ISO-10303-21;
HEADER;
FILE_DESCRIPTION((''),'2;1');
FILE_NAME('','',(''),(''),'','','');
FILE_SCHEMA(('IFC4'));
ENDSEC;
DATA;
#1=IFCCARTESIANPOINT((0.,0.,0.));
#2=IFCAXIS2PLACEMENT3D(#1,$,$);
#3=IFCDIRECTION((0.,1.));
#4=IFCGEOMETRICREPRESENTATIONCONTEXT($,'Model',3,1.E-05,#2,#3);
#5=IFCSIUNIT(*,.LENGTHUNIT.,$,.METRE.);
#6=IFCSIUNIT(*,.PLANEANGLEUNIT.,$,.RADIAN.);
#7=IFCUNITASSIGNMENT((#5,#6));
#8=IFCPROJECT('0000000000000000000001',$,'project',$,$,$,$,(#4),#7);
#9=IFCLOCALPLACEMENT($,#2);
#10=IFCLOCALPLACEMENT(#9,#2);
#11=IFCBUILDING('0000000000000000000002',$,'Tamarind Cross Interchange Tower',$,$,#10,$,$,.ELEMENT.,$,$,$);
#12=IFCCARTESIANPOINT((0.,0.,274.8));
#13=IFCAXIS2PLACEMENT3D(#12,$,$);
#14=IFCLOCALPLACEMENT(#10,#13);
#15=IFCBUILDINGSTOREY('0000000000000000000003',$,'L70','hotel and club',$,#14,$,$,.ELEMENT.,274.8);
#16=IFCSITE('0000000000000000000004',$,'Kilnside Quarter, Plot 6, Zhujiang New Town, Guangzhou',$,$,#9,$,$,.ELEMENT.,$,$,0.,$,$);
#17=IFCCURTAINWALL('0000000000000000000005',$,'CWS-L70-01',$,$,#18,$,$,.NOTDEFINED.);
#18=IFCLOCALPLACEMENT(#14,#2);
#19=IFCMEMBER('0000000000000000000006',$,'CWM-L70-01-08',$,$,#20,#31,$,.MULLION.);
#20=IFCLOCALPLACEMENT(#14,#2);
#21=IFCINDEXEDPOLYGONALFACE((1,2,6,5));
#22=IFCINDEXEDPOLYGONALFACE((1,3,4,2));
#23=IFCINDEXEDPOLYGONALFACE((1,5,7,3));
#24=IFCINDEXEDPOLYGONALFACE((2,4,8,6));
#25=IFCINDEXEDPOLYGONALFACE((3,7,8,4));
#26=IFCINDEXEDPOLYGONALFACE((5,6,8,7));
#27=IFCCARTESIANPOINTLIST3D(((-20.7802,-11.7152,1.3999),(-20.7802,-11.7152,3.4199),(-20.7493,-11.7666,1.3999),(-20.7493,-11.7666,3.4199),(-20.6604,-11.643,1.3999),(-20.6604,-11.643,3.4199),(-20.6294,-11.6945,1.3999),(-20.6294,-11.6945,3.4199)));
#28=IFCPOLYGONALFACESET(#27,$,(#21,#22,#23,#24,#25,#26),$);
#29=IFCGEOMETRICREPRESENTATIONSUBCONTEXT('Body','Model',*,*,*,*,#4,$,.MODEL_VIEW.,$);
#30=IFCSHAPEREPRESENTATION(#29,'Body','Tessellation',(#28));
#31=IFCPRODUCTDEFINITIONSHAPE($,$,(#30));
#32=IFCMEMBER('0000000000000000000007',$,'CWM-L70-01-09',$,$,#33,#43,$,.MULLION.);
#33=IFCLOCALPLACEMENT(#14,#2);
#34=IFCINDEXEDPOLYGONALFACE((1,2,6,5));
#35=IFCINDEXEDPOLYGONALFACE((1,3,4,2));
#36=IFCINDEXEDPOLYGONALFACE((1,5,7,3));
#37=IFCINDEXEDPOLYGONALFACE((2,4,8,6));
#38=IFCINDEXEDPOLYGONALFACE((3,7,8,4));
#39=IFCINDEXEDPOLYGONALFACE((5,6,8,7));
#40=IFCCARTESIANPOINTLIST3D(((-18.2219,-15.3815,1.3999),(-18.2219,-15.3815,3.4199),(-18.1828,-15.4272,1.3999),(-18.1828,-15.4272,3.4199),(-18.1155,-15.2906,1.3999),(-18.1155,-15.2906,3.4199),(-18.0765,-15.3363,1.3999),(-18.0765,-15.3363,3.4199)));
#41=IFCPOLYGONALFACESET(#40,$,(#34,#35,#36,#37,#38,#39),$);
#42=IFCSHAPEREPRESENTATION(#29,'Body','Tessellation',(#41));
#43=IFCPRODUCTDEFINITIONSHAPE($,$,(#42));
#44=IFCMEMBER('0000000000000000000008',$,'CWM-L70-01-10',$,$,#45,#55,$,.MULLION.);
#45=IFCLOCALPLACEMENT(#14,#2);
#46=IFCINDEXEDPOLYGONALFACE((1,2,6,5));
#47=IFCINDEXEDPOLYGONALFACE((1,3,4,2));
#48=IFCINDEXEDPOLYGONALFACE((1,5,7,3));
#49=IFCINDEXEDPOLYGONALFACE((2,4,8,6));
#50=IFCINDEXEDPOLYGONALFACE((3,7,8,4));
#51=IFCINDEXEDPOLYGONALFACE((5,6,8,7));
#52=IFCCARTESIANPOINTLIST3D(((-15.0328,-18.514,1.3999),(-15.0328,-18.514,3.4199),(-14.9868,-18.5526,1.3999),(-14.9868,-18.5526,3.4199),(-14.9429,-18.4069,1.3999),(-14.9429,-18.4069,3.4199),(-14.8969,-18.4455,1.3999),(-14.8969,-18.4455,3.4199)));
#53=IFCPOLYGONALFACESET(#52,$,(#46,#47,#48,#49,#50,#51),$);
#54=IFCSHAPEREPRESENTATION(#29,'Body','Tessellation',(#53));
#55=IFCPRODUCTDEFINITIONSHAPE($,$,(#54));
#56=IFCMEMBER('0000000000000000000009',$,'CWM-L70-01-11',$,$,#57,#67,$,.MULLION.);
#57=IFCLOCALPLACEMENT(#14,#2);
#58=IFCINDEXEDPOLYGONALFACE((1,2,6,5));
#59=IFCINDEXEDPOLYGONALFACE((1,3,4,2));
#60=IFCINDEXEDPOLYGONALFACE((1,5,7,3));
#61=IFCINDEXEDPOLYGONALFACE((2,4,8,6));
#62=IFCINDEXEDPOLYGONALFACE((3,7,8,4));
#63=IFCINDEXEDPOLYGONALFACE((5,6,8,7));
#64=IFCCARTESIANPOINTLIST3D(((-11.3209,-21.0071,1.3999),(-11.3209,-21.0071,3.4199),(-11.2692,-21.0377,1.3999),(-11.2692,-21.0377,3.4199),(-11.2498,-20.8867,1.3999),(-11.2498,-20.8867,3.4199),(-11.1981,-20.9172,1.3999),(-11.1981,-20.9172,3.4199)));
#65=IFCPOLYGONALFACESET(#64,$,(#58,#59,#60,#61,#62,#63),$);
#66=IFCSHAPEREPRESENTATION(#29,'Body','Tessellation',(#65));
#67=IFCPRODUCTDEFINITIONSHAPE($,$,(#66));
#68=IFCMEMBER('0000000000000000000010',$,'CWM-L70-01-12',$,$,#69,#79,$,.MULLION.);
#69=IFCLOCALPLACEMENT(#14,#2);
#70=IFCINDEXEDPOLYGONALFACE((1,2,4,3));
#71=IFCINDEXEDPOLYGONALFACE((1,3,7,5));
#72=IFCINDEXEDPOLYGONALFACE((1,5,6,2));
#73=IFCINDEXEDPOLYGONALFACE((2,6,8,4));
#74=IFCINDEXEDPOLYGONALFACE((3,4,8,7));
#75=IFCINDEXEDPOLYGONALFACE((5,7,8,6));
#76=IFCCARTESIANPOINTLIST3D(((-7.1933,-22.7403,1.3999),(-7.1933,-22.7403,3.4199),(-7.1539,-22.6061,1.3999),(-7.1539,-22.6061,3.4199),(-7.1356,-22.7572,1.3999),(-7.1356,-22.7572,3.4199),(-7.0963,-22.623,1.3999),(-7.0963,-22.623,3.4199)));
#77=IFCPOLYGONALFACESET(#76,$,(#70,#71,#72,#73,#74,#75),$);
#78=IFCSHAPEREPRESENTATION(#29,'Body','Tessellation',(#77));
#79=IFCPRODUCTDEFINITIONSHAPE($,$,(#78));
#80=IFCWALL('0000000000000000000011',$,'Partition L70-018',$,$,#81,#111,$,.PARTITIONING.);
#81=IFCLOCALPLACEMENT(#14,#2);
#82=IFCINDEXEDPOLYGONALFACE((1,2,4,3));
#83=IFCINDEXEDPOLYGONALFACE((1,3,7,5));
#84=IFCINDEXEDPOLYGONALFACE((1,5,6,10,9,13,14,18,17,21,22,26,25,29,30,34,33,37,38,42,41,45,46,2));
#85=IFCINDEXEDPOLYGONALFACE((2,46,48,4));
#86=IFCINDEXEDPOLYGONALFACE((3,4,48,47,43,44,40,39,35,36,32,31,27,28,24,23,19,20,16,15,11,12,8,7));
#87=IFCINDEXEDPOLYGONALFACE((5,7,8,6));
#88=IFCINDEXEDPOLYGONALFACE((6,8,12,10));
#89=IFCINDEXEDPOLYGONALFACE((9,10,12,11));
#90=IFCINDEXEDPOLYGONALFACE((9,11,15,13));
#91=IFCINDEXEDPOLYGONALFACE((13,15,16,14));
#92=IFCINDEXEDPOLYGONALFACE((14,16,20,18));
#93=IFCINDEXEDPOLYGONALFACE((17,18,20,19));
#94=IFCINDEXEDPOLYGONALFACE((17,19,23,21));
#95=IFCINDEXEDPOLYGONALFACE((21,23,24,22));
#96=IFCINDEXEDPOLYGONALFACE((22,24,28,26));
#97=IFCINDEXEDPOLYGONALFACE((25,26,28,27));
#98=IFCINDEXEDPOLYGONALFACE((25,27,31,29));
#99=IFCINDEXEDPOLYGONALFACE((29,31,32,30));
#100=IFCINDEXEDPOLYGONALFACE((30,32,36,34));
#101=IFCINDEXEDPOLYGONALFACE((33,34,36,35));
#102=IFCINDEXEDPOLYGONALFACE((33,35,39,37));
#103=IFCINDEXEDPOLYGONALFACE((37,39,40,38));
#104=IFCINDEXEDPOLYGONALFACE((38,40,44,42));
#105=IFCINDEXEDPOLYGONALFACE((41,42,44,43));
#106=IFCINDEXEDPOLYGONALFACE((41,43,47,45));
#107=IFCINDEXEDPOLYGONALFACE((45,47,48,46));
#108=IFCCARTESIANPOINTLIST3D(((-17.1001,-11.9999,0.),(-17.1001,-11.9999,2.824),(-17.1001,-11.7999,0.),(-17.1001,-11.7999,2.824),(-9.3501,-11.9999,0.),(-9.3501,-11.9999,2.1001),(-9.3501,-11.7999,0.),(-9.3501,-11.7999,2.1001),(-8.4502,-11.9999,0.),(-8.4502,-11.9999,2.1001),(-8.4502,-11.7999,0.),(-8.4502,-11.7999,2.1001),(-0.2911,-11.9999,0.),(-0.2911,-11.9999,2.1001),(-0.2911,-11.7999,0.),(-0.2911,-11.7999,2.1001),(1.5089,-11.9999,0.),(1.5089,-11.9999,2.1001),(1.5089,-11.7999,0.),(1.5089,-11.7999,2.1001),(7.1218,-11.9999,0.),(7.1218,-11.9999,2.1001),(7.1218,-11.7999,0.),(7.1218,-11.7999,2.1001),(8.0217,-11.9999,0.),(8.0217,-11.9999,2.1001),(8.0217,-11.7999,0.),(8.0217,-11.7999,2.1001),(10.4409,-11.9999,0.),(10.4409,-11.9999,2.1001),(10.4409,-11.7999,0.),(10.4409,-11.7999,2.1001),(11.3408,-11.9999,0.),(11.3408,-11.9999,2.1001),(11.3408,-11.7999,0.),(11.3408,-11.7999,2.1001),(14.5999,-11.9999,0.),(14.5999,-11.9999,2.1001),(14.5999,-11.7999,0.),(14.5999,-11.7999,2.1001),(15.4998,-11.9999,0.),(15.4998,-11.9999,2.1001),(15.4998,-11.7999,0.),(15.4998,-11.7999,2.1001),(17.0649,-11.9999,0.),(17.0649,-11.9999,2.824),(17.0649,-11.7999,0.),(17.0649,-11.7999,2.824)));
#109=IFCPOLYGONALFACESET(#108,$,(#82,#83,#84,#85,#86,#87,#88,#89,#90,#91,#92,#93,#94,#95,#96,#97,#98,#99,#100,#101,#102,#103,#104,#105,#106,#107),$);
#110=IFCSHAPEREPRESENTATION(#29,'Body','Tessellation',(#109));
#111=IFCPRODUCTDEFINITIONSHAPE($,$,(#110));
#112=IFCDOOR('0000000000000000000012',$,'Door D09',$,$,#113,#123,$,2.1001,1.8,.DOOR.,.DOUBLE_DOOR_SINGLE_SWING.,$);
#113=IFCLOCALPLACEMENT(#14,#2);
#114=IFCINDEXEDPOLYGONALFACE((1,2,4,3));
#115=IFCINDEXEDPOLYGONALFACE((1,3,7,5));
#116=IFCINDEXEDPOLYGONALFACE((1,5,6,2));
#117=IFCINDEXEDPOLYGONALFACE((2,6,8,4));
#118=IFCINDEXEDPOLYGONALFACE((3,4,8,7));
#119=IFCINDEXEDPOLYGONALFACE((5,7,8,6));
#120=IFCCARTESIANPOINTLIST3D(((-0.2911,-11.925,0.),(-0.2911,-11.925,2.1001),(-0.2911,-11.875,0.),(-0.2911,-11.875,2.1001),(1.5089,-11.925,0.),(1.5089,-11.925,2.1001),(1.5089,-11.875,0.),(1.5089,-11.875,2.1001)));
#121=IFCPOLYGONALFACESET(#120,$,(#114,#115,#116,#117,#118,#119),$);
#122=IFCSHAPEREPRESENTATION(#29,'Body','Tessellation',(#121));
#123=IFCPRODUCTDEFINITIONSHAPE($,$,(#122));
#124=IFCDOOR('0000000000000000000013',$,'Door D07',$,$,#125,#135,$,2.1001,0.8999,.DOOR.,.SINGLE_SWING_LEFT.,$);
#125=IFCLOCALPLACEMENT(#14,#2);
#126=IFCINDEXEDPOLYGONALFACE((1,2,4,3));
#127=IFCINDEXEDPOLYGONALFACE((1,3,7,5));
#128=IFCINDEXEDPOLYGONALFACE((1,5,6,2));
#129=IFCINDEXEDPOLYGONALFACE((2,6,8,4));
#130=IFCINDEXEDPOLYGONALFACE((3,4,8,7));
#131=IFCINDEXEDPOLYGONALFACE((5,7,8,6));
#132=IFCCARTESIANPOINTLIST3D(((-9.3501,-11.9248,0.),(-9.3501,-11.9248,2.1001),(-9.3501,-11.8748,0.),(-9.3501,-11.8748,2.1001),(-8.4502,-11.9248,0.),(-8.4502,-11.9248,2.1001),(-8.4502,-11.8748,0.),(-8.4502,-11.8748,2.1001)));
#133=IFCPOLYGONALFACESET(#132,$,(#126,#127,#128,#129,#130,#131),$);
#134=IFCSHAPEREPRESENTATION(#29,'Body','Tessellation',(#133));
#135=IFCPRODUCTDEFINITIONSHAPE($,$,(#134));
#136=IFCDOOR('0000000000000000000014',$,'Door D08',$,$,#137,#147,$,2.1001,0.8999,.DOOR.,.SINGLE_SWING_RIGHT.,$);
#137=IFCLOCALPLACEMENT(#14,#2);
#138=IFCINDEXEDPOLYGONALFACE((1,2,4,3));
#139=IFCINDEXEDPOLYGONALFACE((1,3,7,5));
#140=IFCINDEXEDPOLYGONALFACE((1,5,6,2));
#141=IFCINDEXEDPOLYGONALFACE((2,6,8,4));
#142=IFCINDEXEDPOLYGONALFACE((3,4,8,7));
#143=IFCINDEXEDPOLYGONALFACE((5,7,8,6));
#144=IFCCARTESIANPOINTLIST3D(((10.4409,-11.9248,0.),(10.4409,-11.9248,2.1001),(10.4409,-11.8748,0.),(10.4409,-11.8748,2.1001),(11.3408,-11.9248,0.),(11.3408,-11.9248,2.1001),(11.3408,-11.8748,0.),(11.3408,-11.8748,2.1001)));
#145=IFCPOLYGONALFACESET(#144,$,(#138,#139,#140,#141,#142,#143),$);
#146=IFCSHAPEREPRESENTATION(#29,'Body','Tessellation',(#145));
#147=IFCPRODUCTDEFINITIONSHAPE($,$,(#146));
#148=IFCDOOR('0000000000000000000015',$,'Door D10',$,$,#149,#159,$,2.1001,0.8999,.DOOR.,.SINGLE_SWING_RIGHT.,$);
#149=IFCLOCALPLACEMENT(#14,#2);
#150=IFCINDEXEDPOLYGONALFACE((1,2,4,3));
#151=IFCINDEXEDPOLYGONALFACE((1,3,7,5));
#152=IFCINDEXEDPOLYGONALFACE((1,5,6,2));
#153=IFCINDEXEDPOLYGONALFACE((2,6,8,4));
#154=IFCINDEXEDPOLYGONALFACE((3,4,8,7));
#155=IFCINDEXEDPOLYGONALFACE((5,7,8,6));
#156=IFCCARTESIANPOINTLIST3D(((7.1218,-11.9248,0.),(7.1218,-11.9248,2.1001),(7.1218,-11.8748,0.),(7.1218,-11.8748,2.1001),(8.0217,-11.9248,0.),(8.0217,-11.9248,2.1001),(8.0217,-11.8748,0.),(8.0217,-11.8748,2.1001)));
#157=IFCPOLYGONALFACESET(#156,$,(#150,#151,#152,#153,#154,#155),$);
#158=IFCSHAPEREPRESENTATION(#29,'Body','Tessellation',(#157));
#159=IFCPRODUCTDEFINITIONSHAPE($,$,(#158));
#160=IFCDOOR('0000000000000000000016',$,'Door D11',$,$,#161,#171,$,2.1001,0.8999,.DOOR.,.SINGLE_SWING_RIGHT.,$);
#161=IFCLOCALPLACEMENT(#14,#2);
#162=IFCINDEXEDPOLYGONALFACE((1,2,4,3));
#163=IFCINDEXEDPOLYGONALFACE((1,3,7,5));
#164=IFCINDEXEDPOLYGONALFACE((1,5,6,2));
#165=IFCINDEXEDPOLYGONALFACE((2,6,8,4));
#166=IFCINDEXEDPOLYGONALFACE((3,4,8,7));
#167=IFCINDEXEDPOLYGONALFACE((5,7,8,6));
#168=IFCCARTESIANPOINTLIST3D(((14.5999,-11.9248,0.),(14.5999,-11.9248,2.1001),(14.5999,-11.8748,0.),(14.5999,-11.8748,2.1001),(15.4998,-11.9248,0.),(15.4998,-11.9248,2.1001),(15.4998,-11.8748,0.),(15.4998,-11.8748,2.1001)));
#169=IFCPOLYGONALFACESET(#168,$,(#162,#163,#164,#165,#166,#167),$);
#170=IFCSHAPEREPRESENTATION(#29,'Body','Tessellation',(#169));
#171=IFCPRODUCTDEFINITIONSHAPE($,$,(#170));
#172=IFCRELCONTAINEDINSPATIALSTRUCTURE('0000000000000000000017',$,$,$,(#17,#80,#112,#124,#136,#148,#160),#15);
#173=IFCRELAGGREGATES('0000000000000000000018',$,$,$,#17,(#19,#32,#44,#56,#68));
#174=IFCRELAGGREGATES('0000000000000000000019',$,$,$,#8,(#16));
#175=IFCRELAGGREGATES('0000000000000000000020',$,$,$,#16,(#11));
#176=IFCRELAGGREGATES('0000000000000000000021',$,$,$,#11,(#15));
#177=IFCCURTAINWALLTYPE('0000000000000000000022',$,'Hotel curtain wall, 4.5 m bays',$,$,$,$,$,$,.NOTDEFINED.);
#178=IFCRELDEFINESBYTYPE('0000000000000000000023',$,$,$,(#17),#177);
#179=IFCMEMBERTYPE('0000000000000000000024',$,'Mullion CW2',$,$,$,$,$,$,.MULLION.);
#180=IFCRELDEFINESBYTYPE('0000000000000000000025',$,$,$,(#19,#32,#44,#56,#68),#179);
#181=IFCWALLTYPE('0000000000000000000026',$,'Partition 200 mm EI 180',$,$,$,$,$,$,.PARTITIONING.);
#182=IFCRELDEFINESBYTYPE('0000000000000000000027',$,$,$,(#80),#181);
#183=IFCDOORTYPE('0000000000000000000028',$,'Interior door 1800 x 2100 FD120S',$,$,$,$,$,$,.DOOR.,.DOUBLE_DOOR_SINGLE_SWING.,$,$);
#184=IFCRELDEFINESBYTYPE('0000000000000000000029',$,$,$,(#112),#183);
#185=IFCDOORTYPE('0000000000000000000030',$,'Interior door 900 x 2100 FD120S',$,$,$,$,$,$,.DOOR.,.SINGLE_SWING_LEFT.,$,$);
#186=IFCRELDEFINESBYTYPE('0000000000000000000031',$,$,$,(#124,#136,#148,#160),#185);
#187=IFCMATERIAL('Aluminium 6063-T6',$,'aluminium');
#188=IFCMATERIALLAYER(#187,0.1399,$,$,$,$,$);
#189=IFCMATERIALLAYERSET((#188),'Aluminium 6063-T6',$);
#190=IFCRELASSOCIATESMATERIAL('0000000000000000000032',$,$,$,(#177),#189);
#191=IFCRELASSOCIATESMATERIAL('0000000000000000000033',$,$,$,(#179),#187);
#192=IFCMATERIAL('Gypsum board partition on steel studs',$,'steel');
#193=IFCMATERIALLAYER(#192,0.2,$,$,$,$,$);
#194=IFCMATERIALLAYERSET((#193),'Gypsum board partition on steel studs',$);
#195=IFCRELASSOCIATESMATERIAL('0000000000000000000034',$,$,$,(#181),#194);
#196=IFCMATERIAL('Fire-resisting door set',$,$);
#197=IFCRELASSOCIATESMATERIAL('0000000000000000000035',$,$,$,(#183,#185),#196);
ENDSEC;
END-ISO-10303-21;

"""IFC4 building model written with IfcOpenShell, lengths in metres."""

from ifc_helpers import new_model, si_unit, direction, frame, frame_2d, origin, origin_2d, place, context, subcontext, project, spatial, rectangle, extrude, material, layer, layer_set, material_profile, profile_set, type_object, element, fill, aggregate, save


model = new_model("IFC4")

# Units and contexts
model_context = context("Model", 3, precision=1e-05, world=origin(), true_north=direction((0.0, 1.0)))
body_context = subcontext(model_context, "Body", "Model", "MODEL_VIEW")
ifc_project = project(units=[si_unit("LENGTHUNIT", "METRE"), si_unit("PLANEANGLEUNIT", "RADIAN")], contexts=[model_context])

# Site, building, storey
site_placement = place(None, origin())
site = spatial("IfcSite", under=ifc_project, at=site_placement, Name="Kilnside Quarter, Plot 6, Zhujiang New Town, Guangzhou", CompositionType="ELEMENT", RefElevation=0.0)
building_placement = place(site_placement, origin())
building = spatial("IfcBuilding", under=site, at=building_placement, Name="Tamarind Cross Interchange Tower", CompositionType="ELEMENT")
storey_placement = place(building_placement, frame((0.0, 0.0, 274.8)))
storey = spatial("IfcBuildingStorey", under=building, at=storey_placement, Name="L70", Description="hotel and club", CompositionType="ELEMENT", Elevation=274.8)

# Curtain wall, members
ifc_material_1 = material(Name="Aluminium 6063-T6", Category="aluminium")
ifc_layer_1 = layer(ifc_material_1, 0.1399)
ifc_layer_set_1 = layer_set([ifc_layer_1], Name="Aluminium 6063-T6")
curtain_wall_type = type_object("IfcCurtainWallType", Name="Hotel curtain wall, 4.5 m bays", PredefinedType="NOTDEFINED", material=ifc_layer_set_1)
curtain_wall_placement = place(storey_placement, origin())
curtain_wall = element("IfcCurtainWall", 1, at=curtain_wall_placement, inside=storey, type_object=curtain_wall_type, Name="CWS-L70-01", PredefinedType="NOTDEFINED")
ifc_material_profile_1 = material_profile(ifc_material_1, rectangle(XDim=0.0601, YDim=0.1399, at=origin_2d()), Name="Mullion CW2")
ifc_profile_set_1 = profile_set([ifc_material_profile_1], Name="Aluminium 6063-T6")
member_type = type_object("IfcMemberType", Name="Mullion CW2", PredefinedType="MULLION", material=ifc_profile_set_1)
member_1_placement = place(storey_placement, frame((-20.7048, -11.7048, 1.3999), z_axis=(0.0, 0.0, 1.0), x_axis=(0.515577, -0.856843, 0.0)))
member_1 = element("IfcMember", 2, at=member_1_placement, type_object=member_type, Name="CWM-L70-01-08", PredefinedType="MULLION", context=body_context, shape_type="SweptSolid", body=[
    extrude(rectangle(XDim=0.0601, YDim=0.1399, at=origin_2d()), origin(), (0.0, 0.0, 1.0), 2.02),
])
member_2_placement = place(storey_placement, frame((-18.1492, -15.3589, 1.3999), z_axis=(0.0, 0.0, 1.0), x_axis=(0.649577, -0.760296, 0.0)))
member_2 = element("IfcMember", 3, at=member_2_placement, type_object=member_type, Name="CWM-L70-01-09", PredefinedType="MULLION", context=body_context, shape_type="SweptSolid", body=[
    extrude(rectangle(XDim=0.0601, YDim=0.1399, at=origin_2d()), origin(), (0.0, 0.0, 1.0), 2.02),
])
member_3_placement = place(storey_placement, frame((-14.9648, -18.4797, 1.3999), z_axis=(0.0, 0.0, 1.0), x_axis=(0.765858, -0.643009, 0.0)))
member_3 = element("IfcMember", 4, at=member_3_placement, type_object=member_type, Name="CWM-L70-01-10", PredefinedType="MULLION", context=body_context, shape_type="SweptSolid", body=[
    extrude(rectangle(XDim=0.0601, YDim=0.1399, at=origin_2d()), origin(), (0.0, 0.0, 1.0), 2.02),
])
member_4_placement = place(storey_placement, frame((-11.2595, -20.9622, 1.3999), z_axis=(0.0, 0.0, 1.0), x_axis=(0.861249, -0.508183, 0.0)))
member_4 = element("IfcMember", 5, at=member_4_placement, type_object=member_type, Name="CWM-L70-01-11", PredefinedType="MULLION", context=body_context, shape_type="SweptSolid", body=[
    extrude(rectangle(XDim=0.0601, YDim=0.1399, at=origin_2d()), origin(), (0.0, 0.0, 1.0), 2.02),
])
member_5_placement = place(storey_placement, frame((-7.1448, -22.6816, 1.3999), z_axis=(0.0, 0.0, 1.0), x_axis=(0.959647, -0.281209, 0.0)))
member_5 = element("IfcMember", 6, at=member_5_placement, type_object=member_type, Name="CWM-L70-01-12", PredefinedType="MULLION", context=body_context, shape_type="SweptSolid", body=[
    extrude(rectangle(XDim=0.0601, YDim=0.1399, at=origin_2d()), origin(), (0.0, 0.0, 1.0), 2.02),
])
aggregate(curtain_wall, [member_1, member_2, member_3, member_4, member_5])

# Wall, openings, doors
ifc_material_2 = material(Name="Gypsum board partition on steel studs", Category="steel")
ifc_layer_2 = layer(ifc_material_2, 0.2)
ifc_layer_set_2 = layer_set([ifc_layer_2], Name="Gypsum board partition on steel studs")
wall_type = type_object("IfcWallType", Name="Partition 200 mm EI 180", PredefinedType="PARTITIONING", material=ifc_layer_set_2)
wall_1_placement = place(storey_placement, frame((-17.1001, -11.8999, 0.0), z_axis=(0.0, 0.0, 1.0), x_axis=(1.0, 0.0, 0.0)))
wall_1 = element("IfcWall", 7, at=wall_1_placement, inside=storey, type_object=wall_type, Name="Partition L70-018", PredefinedType="PARTITIONING", context=body_context, shape_type="SweptSolid", body=[
    extrude(rectangle(XDim=34.165, YDim=0.2, at=frame_2d((17.0825, 0.0))), origin(), (0.0, 0.0, 1.0), 2.824),
])
opening_1_placement = place(wall_1_placement, frame((7.75, 0.0, 0.0)))
opening_1 = element("IfcOpeningElement", 8, at=opening_1_placement, cuts=wall_1, PredefinedType="OPENING", context=body_context, shape_type="SweptSolid", body=[
    extrude(rectangle(XDim=0.8999, YDim=2.1001, at=frame_2d((0.45, 1.05))), frame((0.0, 0.1099, 0.0), z_axis=(0.0, -1.0, 0.0), x_axis=(1.0, 0.0, 0.0)), (0.0, 0.0, 1.0), 0.22),
])
opening_2_placement = place(wall_1_placement, frame((27.541, 0.0, 0.0)))
opening_2 = element("IfcOpeningElement", 9, at=opening_2_placement, cuts=wall_1, PredefinedType="OPENING", context=body_context, shape_type="SweptSolid", body=[
    extrude(rectangle(XDim=0.8999, YDim=2.1001, at=frame_2d((0.45, 1.05))), frame((0.0, 0.1099, 0.0), z_axis=(0.0, -1.0, 0.0), x_axis=(1.0, 0.0, 0.0)), (0.0, 0.0, 1.0), 0.22),
])
opening_3_placement = place(wall_1_placement, frame((16.8091, 0.0, 0.0)))
opening_3 = element("IfcOpeningElement", 10, at=opening_3_placement, cuts=wall_1, PredefinedType="OPENING", context=body_context, shape_type="SweptSolid", body=[
    extrude(rectangle(XDim=1.8, YDim=2.1001, at=frame_2d((0.8999, 1.05))), frame((0.0, 0.1099, 0.0), z_axis=(0.0, -1.0, 0.0), x_axis=(1.0, 0.0, 0.0)), (0.0, 0.0, 1.0), 0.22),
])
opening_4_placement = place(wall_1_placement, frame((24.2219, 0.0, 0.0)))
opening_4 = element("IfcOpeningElement", 11, at=opening_4_placement, cuts=wall_1, PredefinedType="OPENING", context=body_context, shape_type="SweptSolid", body=[
    extrude(rectangle(XDim=0.8999, YDim=2.1001, at=frame_2d((0.45, 1.05))), frame((0.0, 0.1099, 0.0), z_axis=(0.0, -1.0, 0.0), x_axis=(1.0, 0.0, 0.0)), (0.0, 0.0, 1.0), 0.22),
])
opening_5_placement = place(wall_1_placement, frame((31.7, 0.0, 0.0)))
opening_5 = element("IfcOpeningElement", 12, at=opening_5_placement, cuts=wall_1, PredefinedType="OPENING", context=body_context, shape_type="SweptSolid", body=[
    extrude(rectangle(XDim=0.8999, YDim=2.1001, at=frame_2d((0.45, 1.05))), frame((0.0, 0.1099, 0.0), z_axis=(0.0, -1.0, 0.0), x_axis=(1.0, 0.0, 0.0)), (0.0, 0.0, 1.0), 0.22),
])
ifc_material_3 = material(Name="Fire-resisting door set")
door_type_1 = type_object("IfcDoorType", Name="Interior door 1800 x 2100 FD120S", OperationType="DOUBLE_DOOR_SINGLE_SWING", PredefinedType="DOOR", material=ifc_material_3)
door_1_placement = place(opening_3_placement, origin())
door_1 = element("IfcDoor", 13, at=door_1_placement, inside=storey, type_object=door_type_1, Name="Door D09", OperationType="DOUBLE_DOOR_SINGLE_SWING", OverallHeight=2.1001, OverallWidth=1.8, PredefinedType="DOOR", context=body_context, shape_type="SweptSolid", body=[
    extrude(rectangle(XDim=1.8, YDim=2.1001, at=frame_2d((0.8999, 1.05))), frame((0.0, 0.0249, 0.0), z_axis=(0.0, -1.0, 0.0), x_axis=(1.0, 0.0, 0.0)), (0.0, 0.0, 1.0), 0.05),
])
fill(opening_3, door_1)
door_type_2 = type_object("IfcDoorType", Name="Interior door 900 x 2100 FD120S", OperationType="SINGLE_SWING_LEFT", PredefinedType="DOOR", material=ifc_material_3)
door_2_placement = place(opening_1_placement, frame((0.8999, 0.0, 0.0), z_axis=(0.0, 0.0, 1.0), x_axis=(-1.0, 0.0, 0.0)))
door_2 = element("IfcDoor", 14, at=door_2_placement, inside=storey, type_object=door_type_2, Name="Door D07", OperationType="SINGLE_SWING_LEFT", OverallHeight=2.1001, OverallWidth=0.8999, PredefinedType="DOOR", context=body_context, shape_type="SweptSolid", body=[
    extrude(rectangle(XDim=0.8999, YDim=2.1001, at=frame_2d((0.45, 1.05))), frame((0.0, 0.0249, 0.0), z_axis=(0.0, -1.0, 0.0), x_axis=(1.0, 0.0, 0.0)), (0.0, 0.0, 1.0), 0.05),
])
fill(opening_1, door_2)
door_3_placement = place(opening_2_placement, frame((0.8999, 0.0, 0.0), z_axis=(0.0, 0.0, 1.0), x_axis=(-1.0, 0.0, 0.0)))
door_3 = element("IfcDoor", 15, at=door_3_placement, inside=storey, type_object=door_type_2, Name="Door D08", OperationType="SINGLE_SWING_RIGHT", OverallHeight=2.1001, OverallWidth=0.8999, PredefinedType="DOOR", context=body_context, shape_type="SweptSolid", body=[
    extrude(rectangle(XDim=0.8999, YDim=2.1001, at=frame_2d((0.45, 1.05))), frame((0.0, 0.0249, 0.0), z_axis=(0.0, -1.0, 0.0), x_axis=(1.0, 0.0, 0.0)), (0.0, 0.0, 1.0), 0.05),
])
fill(opening_2, door_3)
door_4_placement = place(opening_4_placement, frame((0.8999, 0.0, 0.0), z_axis=(0.0, 0.0, 1.0), x_axis=(-1.0, 0.0, 0.0)))
door_4 = element("IfcDoor", 16, at=door_4_placement, inside=storey, type_object=door_type_2, Name="Door D10", OperationType="SINGLE_SWING_RIGHT", OverallHeight=2.1001, OverallWidth=0.8999, PredefinedType="DOOR", context=body_context, shape_type="SweptSolid", body=[
    extrude(rectangle(XDim=0.8999, YDim=2.1001, at=frame_2d((0.45, 1.05))), frame((0.0, 0.0249, 0.0), z_axis=(0.0, -1.0, 0.0), x_axis=(1.0, 0.0, 0.0)), (0.0, 0.0, 1.0), 0.05),
])
fill(opening_4, door_4)
door_5_placement = place(opening_5_placement, frame((0.8999, 0.0, 0.0), z_axis=(0.0, 0.0, 1.0), x_axis=(-1.0, 0.0, 0.0)))
door_5 = element("IfcDoor", 17, at=door_5_placement, inside=storey, type_object=door_type_2, Name="Door D11", OperationType="SINGLE_SWING_RIGHT", OverallHeight=2.1001, OverallWidth=0.8999, PredefinedType="DOOR", context=body_context, shape_type="SweptSolid", body=[
    extrude(rectangle(XDim=0.8999, YDim=2.1001, at=frame_2d((0.45, 1.05))), frame((0.0, 0.0249, 0.0), z_axis=(0.0, -1.0, 0.0), x_axis=(1.0, 0.0, 0.0)), (0.0, 0.0, 1.0), 0.05),
])
fill(opening_5, door_5)

save(model, "model.ifc")
